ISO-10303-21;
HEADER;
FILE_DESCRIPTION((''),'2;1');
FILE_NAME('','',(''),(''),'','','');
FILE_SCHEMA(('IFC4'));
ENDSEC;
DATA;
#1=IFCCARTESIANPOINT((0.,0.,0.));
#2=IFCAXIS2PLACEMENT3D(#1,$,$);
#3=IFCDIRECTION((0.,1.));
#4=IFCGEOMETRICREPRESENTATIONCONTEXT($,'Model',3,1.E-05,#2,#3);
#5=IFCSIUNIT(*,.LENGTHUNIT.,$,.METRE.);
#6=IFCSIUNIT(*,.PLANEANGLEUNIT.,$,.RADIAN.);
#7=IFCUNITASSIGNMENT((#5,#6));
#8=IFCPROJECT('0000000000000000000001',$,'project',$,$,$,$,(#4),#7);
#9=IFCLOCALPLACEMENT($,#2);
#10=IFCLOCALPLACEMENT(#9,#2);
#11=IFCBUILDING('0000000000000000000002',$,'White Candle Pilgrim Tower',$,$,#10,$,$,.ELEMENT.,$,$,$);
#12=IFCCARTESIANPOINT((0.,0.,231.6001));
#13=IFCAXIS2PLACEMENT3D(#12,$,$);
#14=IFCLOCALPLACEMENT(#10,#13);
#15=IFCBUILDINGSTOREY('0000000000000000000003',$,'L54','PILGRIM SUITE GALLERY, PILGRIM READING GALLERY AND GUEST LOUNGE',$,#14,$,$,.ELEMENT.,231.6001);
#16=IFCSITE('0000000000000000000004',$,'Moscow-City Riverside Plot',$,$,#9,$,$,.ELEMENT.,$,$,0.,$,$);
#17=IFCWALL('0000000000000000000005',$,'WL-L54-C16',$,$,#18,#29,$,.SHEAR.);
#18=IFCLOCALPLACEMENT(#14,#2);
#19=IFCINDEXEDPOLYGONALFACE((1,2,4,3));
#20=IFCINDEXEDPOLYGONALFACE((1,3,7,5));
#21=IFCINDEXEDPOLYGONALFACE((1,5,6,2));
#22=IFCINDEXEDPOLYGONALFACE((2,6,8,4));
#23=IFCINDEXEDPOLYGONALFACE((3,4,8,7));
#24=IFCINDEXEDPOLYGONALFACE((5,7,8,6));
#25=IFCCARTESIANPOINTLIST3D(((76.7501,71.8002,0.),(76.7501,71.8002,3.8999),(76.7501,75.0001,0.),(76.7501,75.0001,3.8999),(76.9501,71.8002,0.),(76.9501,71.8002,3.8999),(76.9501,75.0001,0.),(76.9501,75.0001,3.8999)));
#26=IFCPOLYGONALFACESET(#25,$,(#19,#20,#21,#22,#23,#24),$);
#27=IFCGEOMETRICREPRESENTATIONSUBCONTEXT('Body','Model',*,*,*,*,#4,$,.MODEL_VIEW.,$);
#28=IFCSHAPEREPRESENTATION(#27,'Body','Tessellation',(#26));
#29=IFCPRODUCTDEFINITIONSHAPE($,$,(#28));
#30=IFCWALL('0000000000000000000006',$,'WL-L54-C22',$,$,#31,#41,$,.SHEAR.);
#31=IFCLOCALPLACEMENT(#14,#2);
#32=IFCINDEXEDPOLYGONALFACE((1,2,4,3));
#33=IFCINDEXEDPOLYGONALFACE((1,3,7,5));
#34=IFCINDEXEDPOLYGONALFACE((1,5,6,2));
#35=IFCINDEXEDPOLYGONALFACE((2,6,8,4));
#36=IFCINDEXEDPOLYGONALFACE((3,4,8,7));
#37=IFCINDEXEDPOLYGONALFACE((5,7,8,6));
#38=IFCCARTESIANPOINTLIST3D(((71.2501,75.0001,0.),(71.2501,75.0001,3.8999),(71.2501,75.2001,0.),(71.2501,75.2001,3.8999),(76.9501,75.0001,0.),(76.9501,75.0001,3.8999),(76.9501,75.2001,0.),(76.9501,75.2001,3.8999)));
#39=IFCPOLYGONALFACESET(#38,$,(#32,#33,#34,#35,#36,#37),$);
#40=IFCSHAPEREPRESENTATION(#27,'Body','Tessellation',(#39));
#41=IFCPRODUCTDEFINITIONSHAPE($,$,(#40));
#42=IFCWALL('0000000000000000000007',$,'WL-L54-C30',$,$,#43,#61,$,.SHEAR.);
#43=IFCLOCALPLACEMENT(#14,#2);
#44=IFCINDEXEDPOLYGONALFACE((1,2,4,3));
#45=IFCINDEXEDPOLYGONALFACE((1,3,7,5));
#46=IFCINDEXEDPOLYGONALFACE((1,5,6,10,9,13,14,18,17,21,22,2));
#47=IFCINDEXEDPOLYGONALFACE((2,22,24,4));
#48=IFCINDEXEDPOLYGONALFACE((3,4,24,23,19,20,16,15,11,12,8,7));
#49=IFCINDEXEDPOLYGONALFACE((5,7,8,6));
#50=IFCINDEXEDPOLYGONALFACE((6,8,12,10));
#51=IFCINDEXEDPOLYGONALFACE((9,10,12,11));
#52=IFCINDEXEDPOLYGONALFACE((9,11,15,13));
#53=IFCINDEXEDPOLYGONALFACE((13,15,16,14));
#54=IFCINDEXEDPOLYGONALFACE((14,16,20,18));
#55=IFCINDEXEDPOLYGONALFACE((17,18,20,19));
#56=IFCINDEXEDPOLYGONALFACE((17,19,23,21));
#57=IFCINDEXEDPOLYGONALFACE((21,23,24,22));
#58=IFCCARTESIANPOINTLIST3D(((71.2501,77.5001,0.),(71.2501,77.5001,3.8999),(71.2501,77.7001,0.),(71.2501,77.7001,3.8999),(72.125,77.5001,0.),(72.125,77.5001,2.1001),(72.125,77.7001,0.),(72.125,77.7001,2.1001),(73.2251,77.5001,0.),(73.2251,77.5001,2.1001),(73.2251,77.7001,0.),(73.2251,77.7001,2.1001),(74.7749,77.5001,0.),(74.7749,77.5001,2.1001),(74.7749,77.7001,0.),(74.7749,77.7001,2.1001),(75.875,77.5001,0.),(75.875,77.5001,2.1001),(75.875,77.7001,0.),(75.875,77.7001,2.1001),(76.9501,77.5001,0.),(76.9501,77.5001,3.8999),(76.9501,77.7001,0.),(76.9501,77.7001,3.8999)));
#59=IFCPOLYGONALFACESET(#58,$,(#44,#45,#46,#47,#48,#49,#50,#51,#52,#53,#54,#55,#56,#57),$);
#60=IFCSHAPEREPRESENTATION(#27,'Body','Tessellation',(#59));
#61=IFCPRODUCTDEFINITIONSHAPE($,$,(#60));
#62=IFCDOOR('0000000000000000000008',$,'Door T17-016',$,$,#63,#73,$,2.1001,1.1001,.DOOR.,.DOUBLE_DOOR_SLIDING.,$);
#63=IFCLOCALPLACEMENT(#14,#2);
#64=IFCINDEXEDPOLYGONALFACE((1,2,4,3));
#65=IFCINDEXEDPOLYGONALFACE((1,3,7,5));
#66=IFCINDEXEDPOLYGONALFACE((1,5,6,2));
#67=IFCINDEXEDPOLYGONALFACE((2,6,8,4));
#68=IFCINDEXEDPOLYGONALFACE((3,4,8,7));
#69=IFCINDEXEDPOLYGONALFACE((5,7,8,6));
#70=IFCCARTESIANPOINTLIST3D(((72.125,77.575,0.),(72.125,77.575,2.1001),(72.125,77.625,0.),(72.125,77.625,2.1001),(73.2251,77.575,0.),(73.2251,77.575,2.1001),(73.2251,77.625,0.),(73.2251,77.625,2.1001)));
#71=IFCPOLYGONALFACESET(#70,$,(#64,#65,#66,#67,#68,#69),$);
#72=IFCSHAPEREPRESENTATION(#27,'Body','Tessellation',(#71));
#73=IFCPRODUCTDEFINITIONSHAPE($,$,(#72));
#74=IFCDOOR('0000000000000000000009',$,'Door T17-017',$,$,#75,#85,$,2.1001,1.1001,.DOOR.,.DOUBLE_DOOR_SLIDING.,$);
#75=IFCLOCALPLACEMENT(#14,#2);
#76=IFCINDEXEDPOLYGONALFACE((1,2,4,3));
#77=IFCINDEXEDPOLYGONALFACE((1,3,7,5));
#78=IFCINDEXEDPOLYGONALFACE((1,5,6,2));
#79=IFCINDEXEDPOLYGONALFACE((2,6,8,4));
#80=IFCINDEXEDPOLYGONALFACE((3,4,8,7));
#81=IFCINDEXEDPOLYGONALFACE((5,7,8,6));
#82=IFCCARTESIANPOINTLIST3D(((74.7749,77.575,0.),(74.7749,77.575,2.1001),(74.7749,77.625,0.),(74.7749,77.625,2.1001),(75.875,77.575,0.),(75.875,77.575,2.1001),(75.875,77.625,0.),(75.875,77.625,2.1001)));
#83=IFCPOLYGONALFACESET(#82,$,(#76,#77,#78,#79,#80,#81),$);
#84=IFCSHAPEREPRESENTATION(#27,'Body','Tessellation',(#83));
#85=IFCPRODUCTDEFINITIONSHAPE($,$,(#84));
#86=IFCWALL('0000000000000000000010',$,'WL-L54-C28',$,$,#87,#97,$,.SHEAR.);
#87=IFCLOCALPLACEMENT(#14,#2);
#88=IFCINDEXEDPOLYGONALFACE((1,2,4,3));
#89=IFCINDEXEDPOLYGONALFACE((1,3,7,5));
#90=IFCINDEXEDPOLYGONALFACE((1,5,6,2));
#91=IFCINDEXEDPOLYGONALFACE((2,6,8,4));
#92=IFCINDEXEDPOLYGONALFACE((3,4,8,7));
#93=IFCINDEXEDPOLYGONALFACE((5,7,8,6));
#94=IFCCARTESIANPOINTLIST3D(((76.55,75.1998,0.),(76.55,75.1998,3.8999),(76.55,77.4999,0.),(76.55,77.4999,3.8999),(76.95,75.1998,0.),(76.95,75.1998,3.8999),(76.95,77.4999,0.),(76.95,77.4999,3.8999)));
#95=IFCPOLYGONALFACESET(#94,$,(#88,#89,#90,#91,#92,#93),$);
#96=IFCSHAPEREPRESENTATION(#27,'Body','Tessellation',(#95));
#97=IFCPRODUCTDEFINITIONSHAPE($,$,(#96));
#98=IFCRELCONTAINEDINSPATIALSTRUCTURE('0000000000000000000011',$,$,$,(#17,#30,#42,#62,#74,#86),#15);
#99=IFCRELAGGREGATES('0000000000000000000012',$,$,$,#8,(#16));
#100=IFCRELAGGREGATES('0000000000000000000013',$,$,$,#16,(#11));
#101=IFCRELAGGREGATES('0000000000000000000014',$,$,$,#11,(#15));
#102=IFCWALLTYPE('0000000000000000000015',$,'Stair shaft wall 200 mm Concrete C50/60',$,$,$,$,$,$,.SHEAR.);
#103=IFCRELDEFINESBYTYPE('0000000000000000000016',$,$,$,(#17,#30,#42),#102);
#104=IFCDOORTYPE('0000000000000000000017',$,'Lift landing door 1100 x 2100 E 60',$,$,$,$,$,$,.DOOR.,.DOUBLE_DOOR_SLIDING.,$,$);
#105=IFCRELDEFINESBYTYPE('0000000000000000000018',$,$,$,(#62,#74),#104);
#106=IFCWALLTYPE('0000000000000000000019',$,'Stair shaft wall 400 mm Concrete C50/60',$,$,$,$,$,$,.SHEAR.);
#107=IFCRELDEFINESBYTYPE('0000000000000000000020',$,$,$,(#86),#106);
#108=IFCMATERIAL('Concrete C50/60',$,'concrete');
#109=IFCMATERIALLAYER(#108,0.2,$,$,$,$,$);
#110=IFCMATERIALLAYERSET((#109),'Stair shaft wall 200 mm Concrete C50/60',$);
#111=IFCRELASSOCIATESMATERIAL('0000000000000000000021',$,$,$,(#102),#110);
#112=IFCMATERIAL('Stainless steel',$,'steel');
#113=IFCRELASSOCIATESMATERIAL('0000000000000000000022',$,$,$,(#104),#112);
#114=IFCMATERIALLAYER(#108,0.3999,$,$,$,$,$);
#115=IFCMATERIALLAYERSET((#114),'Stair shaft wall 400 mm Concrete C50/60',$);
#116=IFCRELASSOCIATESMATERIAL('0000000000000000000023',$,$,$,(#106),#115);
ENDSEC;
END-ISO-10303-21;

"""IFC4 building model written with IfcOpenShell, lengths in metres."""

from ifc_helpers import new_model, si_unit, direction, frame, frame_2d, origin, place, context, subcontext, project, spatial, rectangle, extrude, material, layer, layer_set, type_object, element, fill, save


model = new_model("IFC4")

# Units and contexts
model_context = context("Model", 3, precision=1e-05, world=origin(), true_north=direction((0.0, 1.0)))
body_context = subcontext(model_context, "Body", "Model", "MODEL_VIEW")
ifc_project = project(units=[si_unit("LENGTHUNIT", "METRE"), si_unit("PLANEANGLEUNIT", "RADIAN")], contexts=[model_context])

# Site, building, storey
site_placement = place(None, origin())
site = spatial("IfcSite", under=ifc_project, at=site_placement, Name="Moscow-City Riverside Plot", CompositionType="ELEMENT", RefElevation=0.0)
building_placement = place(site_placement, origin())
building = spatial("IfcBuilding", under=site, at=building_placement, Name="White Candle Pilgrim Tower", CompositionType="ELEMENT")
storey_placement = place(building_placement, frame((0.0, 0.0, 231.6001)))
storey = spatial("IfcBuildingStorey", under=building, at=storey_placement, Name="L54", Description="PILGRIM SUITE GALLERY, PILGRIM READING GALLERY AND GUEST LOUNGE", CompositionType="ELEMENT", Elevation=231.6001)

# Walls
ifc_material_1 = material(Name="Concrete C50/60", Category="concrete")
ifc_layer_1 = layer(ifc_material_1, 0.2)
ifc_layer_set_1 = layer_set([ifc_layer_1], Name="Stair shaft wall 200 mm Concrete C50/60")
wall_type_1 = type_object("IfcWallType", Name="Stair shaft wall 200 mm Concrete C50/60", PredefinedType="SHEAR", material=ifc_layer_set_1)
wall_1_placement = place(storey_placement, frame((76.8501, 71.8, 0.0), z_axis=(0.0, 0.0, 1.0), x_axis=(0.0, 1.0, 0.0)))
element("IfcWall", 1, at=wall_1_placement, inside=storey, type_object=wall_type_1, Name="WL-L54-C16", PredefinedType="SHEAR", context=body_context, shape_type="SweptSolid", body=[
    extrude(rectangle(XDim=3.2, YDim=0.2, at=frame_2d((1.6001, 0.0))), origin(), (0.0, 0.0, 1.0), 3.8999),
])
wall_2_placement = place(storey_placement, frame((71.25, 75.1001, 0.0), z_axis=(0.0, 0.0, 1.0), x_axis=(1.0, 0.0, 0.0)))
element("IfcWall", 2, at=wall_2_placement, inside=storey, type_object=wall_type_1, Name="WL-L54-C22", PredefinedType="SHEAR", context=body_context, shape_type="SweptSolid", body=[
    extrude(rectangle(XDim=5.7, YDim=0.2, at=frame_2d((2.8501, 0.0))), origin(), (0.0, 0.0, 1.0), 3.8999),
])

# Wall, openings, doors
wall_3_placement = place(storey_placement, frame((71.25, 77.6001, 0.0), z_axis=(0.0, 0.0, 1.0), x_axis=(1.0, 0.0, 0.0)))
wall_3 = element("IfcWall", 3, at=wall_3_placement, inside=storey, type_object=wall_type_1, Name="WL-L54-C30", PredefinedType="SHEAR", context=body_context, shape_type="SweptSolid", body=[
    extrude(rectangle(XDim=5.7, YDim=0.2, at=frame_2d((2.8501, 0.0))), origin(), (0.0, 0.0, 1.0), 3.8999),
])
opening_1_placement = place(wall_3_placement, frame((0.875, 0.0, 0.0)))
opening_1 = element("IfcOpeningElement", 4, at=opening_1_placement, cuts=wall_3, PredefinedType="OPENING", context=body_context, shape_type="SweptSolid", body=[
    extrude(rectangle(XDim=1.1001, YDim=2.1001, at=frame_2d((0.55, 1.05))), frame((0.0, 0.1099, 0.0), z_axis=(0.0, -1.0, 0.0), x_axis=(1.0, 0.0, 0.0)), (0.0, 0.0, 1.0), 0.22),
])
opening_2_placement = place(wall_3_placement, frame((3.5249, 0.0, 0.0)))
opening_2 = element("IfcOpeningElement", 5, at=opening_2_placement, cuts=wall_3, PredefinedType="OPENING", context=body_context, shape_type="SweptSolid", body=[
    extrude(rectangle(XDim=1.1001, YDim=2.1001, at=frame_2d((0.55, 1.05))), frame((0.0, 0.1099, 0.0), z_axis=(0.0, -1.0, 0.0), x_axis=(1.0, 0.0, 0.0)), (0.0, 0.0, 1.0), 0.22),
])
ifc_material_2 = material(Name="Stainless steel", Category="steel")
door_type_1 = type_object("IfcDoorType", Name="Lift landing door 1100 x 2100 E 60", OperationType="DOUBLE_DOOR_SLIDING", PredefinedType="DOOR", material=ifc_material_2)
door_1_placement = place(opening_1_placement, origin())
door_1 = element("IfcDoor", 6, at=door_1_placement, inside=storey, type_object=door_type_1, Name="Door T17-016", OperationType="DOUBLE_DOOR_SLIDING", OverallHeight=2.1001, OverallWidth=1.1001, PredefinedType="DOOR", context=body_context, shape_type="SweptSolid", body=[
    extrude(rectangle(XDim=1.1001, YDim=2.1001, at=frame_2d((0.55, 1.05))), frame((0.0, 0.0249, 0.0), z_axis=(0.0, -1.0, 0.0), x_axis=(1.0, 0.0, 0.0)), (0.0, 0.0, 1.0), 0.05),
])
fill(opening_1, door_1)
door_2_placement = place(opening_2_placement, origin())
door_2 = element("IfcDoor", 7, at=door_2_placement, inside=storey, type_object=door_type_1, Name="Door T17-017", OperationType="DOUBLE_DOOR_SLIDING", OverallHeight=2.1001, OverallWidth=1.1001, PredefinedType="DOOR", context=body_context, shape_type="SweptSolid", body=[
    extrude(rectangle(XDim=1.1001, YDim=2.1001, at=frame_2d((0.55, 1.05))), frame((0.0, 0.0249, 0.0), z_axis=(0.0, -1.0, 0.0), x_axis=(1.0, 0.0, 0.0)), (0.0, 0.0, 1.0), 0.05),
])
fill(opening_2, door_2)

# Wall
ifc_layer_2 = layer(ifc_material_1, 0.3999)
ifc_layer_set_2 = layer_set([ifc_layer_2], Name="Stair shaft wall 400 mm Concrete C50/60")
wall_type_2 = type_object("IfcWallType", Name="Stair shaft wall 400 mm Concrete C50/60", PredefinedType="SHEAR", material=ifc_layer_set_2)
wall_4_placement = place(storey_placement, frame((76.75, 75.2, 0.0), z_axis=(0.0, 0.0, 1.0), x_axis=(0.0, 1.0, 0.0)))
element("IfcWall", 8, at=wall_4_placement, inside=storey, type_object=wall_type_2, Name="WL-L54-C28", PredefinedType="SHEAR", context=body_context, shape_type="SweptSolid", body=[
    extrude(rectangle(XDim=2.3, YDim=0.3999, at=frame_2d((1.1499, 0.0))), origin(), (0.0, 0.0, 1.0), 3.8999),
])

save(model, "model.ifc")
